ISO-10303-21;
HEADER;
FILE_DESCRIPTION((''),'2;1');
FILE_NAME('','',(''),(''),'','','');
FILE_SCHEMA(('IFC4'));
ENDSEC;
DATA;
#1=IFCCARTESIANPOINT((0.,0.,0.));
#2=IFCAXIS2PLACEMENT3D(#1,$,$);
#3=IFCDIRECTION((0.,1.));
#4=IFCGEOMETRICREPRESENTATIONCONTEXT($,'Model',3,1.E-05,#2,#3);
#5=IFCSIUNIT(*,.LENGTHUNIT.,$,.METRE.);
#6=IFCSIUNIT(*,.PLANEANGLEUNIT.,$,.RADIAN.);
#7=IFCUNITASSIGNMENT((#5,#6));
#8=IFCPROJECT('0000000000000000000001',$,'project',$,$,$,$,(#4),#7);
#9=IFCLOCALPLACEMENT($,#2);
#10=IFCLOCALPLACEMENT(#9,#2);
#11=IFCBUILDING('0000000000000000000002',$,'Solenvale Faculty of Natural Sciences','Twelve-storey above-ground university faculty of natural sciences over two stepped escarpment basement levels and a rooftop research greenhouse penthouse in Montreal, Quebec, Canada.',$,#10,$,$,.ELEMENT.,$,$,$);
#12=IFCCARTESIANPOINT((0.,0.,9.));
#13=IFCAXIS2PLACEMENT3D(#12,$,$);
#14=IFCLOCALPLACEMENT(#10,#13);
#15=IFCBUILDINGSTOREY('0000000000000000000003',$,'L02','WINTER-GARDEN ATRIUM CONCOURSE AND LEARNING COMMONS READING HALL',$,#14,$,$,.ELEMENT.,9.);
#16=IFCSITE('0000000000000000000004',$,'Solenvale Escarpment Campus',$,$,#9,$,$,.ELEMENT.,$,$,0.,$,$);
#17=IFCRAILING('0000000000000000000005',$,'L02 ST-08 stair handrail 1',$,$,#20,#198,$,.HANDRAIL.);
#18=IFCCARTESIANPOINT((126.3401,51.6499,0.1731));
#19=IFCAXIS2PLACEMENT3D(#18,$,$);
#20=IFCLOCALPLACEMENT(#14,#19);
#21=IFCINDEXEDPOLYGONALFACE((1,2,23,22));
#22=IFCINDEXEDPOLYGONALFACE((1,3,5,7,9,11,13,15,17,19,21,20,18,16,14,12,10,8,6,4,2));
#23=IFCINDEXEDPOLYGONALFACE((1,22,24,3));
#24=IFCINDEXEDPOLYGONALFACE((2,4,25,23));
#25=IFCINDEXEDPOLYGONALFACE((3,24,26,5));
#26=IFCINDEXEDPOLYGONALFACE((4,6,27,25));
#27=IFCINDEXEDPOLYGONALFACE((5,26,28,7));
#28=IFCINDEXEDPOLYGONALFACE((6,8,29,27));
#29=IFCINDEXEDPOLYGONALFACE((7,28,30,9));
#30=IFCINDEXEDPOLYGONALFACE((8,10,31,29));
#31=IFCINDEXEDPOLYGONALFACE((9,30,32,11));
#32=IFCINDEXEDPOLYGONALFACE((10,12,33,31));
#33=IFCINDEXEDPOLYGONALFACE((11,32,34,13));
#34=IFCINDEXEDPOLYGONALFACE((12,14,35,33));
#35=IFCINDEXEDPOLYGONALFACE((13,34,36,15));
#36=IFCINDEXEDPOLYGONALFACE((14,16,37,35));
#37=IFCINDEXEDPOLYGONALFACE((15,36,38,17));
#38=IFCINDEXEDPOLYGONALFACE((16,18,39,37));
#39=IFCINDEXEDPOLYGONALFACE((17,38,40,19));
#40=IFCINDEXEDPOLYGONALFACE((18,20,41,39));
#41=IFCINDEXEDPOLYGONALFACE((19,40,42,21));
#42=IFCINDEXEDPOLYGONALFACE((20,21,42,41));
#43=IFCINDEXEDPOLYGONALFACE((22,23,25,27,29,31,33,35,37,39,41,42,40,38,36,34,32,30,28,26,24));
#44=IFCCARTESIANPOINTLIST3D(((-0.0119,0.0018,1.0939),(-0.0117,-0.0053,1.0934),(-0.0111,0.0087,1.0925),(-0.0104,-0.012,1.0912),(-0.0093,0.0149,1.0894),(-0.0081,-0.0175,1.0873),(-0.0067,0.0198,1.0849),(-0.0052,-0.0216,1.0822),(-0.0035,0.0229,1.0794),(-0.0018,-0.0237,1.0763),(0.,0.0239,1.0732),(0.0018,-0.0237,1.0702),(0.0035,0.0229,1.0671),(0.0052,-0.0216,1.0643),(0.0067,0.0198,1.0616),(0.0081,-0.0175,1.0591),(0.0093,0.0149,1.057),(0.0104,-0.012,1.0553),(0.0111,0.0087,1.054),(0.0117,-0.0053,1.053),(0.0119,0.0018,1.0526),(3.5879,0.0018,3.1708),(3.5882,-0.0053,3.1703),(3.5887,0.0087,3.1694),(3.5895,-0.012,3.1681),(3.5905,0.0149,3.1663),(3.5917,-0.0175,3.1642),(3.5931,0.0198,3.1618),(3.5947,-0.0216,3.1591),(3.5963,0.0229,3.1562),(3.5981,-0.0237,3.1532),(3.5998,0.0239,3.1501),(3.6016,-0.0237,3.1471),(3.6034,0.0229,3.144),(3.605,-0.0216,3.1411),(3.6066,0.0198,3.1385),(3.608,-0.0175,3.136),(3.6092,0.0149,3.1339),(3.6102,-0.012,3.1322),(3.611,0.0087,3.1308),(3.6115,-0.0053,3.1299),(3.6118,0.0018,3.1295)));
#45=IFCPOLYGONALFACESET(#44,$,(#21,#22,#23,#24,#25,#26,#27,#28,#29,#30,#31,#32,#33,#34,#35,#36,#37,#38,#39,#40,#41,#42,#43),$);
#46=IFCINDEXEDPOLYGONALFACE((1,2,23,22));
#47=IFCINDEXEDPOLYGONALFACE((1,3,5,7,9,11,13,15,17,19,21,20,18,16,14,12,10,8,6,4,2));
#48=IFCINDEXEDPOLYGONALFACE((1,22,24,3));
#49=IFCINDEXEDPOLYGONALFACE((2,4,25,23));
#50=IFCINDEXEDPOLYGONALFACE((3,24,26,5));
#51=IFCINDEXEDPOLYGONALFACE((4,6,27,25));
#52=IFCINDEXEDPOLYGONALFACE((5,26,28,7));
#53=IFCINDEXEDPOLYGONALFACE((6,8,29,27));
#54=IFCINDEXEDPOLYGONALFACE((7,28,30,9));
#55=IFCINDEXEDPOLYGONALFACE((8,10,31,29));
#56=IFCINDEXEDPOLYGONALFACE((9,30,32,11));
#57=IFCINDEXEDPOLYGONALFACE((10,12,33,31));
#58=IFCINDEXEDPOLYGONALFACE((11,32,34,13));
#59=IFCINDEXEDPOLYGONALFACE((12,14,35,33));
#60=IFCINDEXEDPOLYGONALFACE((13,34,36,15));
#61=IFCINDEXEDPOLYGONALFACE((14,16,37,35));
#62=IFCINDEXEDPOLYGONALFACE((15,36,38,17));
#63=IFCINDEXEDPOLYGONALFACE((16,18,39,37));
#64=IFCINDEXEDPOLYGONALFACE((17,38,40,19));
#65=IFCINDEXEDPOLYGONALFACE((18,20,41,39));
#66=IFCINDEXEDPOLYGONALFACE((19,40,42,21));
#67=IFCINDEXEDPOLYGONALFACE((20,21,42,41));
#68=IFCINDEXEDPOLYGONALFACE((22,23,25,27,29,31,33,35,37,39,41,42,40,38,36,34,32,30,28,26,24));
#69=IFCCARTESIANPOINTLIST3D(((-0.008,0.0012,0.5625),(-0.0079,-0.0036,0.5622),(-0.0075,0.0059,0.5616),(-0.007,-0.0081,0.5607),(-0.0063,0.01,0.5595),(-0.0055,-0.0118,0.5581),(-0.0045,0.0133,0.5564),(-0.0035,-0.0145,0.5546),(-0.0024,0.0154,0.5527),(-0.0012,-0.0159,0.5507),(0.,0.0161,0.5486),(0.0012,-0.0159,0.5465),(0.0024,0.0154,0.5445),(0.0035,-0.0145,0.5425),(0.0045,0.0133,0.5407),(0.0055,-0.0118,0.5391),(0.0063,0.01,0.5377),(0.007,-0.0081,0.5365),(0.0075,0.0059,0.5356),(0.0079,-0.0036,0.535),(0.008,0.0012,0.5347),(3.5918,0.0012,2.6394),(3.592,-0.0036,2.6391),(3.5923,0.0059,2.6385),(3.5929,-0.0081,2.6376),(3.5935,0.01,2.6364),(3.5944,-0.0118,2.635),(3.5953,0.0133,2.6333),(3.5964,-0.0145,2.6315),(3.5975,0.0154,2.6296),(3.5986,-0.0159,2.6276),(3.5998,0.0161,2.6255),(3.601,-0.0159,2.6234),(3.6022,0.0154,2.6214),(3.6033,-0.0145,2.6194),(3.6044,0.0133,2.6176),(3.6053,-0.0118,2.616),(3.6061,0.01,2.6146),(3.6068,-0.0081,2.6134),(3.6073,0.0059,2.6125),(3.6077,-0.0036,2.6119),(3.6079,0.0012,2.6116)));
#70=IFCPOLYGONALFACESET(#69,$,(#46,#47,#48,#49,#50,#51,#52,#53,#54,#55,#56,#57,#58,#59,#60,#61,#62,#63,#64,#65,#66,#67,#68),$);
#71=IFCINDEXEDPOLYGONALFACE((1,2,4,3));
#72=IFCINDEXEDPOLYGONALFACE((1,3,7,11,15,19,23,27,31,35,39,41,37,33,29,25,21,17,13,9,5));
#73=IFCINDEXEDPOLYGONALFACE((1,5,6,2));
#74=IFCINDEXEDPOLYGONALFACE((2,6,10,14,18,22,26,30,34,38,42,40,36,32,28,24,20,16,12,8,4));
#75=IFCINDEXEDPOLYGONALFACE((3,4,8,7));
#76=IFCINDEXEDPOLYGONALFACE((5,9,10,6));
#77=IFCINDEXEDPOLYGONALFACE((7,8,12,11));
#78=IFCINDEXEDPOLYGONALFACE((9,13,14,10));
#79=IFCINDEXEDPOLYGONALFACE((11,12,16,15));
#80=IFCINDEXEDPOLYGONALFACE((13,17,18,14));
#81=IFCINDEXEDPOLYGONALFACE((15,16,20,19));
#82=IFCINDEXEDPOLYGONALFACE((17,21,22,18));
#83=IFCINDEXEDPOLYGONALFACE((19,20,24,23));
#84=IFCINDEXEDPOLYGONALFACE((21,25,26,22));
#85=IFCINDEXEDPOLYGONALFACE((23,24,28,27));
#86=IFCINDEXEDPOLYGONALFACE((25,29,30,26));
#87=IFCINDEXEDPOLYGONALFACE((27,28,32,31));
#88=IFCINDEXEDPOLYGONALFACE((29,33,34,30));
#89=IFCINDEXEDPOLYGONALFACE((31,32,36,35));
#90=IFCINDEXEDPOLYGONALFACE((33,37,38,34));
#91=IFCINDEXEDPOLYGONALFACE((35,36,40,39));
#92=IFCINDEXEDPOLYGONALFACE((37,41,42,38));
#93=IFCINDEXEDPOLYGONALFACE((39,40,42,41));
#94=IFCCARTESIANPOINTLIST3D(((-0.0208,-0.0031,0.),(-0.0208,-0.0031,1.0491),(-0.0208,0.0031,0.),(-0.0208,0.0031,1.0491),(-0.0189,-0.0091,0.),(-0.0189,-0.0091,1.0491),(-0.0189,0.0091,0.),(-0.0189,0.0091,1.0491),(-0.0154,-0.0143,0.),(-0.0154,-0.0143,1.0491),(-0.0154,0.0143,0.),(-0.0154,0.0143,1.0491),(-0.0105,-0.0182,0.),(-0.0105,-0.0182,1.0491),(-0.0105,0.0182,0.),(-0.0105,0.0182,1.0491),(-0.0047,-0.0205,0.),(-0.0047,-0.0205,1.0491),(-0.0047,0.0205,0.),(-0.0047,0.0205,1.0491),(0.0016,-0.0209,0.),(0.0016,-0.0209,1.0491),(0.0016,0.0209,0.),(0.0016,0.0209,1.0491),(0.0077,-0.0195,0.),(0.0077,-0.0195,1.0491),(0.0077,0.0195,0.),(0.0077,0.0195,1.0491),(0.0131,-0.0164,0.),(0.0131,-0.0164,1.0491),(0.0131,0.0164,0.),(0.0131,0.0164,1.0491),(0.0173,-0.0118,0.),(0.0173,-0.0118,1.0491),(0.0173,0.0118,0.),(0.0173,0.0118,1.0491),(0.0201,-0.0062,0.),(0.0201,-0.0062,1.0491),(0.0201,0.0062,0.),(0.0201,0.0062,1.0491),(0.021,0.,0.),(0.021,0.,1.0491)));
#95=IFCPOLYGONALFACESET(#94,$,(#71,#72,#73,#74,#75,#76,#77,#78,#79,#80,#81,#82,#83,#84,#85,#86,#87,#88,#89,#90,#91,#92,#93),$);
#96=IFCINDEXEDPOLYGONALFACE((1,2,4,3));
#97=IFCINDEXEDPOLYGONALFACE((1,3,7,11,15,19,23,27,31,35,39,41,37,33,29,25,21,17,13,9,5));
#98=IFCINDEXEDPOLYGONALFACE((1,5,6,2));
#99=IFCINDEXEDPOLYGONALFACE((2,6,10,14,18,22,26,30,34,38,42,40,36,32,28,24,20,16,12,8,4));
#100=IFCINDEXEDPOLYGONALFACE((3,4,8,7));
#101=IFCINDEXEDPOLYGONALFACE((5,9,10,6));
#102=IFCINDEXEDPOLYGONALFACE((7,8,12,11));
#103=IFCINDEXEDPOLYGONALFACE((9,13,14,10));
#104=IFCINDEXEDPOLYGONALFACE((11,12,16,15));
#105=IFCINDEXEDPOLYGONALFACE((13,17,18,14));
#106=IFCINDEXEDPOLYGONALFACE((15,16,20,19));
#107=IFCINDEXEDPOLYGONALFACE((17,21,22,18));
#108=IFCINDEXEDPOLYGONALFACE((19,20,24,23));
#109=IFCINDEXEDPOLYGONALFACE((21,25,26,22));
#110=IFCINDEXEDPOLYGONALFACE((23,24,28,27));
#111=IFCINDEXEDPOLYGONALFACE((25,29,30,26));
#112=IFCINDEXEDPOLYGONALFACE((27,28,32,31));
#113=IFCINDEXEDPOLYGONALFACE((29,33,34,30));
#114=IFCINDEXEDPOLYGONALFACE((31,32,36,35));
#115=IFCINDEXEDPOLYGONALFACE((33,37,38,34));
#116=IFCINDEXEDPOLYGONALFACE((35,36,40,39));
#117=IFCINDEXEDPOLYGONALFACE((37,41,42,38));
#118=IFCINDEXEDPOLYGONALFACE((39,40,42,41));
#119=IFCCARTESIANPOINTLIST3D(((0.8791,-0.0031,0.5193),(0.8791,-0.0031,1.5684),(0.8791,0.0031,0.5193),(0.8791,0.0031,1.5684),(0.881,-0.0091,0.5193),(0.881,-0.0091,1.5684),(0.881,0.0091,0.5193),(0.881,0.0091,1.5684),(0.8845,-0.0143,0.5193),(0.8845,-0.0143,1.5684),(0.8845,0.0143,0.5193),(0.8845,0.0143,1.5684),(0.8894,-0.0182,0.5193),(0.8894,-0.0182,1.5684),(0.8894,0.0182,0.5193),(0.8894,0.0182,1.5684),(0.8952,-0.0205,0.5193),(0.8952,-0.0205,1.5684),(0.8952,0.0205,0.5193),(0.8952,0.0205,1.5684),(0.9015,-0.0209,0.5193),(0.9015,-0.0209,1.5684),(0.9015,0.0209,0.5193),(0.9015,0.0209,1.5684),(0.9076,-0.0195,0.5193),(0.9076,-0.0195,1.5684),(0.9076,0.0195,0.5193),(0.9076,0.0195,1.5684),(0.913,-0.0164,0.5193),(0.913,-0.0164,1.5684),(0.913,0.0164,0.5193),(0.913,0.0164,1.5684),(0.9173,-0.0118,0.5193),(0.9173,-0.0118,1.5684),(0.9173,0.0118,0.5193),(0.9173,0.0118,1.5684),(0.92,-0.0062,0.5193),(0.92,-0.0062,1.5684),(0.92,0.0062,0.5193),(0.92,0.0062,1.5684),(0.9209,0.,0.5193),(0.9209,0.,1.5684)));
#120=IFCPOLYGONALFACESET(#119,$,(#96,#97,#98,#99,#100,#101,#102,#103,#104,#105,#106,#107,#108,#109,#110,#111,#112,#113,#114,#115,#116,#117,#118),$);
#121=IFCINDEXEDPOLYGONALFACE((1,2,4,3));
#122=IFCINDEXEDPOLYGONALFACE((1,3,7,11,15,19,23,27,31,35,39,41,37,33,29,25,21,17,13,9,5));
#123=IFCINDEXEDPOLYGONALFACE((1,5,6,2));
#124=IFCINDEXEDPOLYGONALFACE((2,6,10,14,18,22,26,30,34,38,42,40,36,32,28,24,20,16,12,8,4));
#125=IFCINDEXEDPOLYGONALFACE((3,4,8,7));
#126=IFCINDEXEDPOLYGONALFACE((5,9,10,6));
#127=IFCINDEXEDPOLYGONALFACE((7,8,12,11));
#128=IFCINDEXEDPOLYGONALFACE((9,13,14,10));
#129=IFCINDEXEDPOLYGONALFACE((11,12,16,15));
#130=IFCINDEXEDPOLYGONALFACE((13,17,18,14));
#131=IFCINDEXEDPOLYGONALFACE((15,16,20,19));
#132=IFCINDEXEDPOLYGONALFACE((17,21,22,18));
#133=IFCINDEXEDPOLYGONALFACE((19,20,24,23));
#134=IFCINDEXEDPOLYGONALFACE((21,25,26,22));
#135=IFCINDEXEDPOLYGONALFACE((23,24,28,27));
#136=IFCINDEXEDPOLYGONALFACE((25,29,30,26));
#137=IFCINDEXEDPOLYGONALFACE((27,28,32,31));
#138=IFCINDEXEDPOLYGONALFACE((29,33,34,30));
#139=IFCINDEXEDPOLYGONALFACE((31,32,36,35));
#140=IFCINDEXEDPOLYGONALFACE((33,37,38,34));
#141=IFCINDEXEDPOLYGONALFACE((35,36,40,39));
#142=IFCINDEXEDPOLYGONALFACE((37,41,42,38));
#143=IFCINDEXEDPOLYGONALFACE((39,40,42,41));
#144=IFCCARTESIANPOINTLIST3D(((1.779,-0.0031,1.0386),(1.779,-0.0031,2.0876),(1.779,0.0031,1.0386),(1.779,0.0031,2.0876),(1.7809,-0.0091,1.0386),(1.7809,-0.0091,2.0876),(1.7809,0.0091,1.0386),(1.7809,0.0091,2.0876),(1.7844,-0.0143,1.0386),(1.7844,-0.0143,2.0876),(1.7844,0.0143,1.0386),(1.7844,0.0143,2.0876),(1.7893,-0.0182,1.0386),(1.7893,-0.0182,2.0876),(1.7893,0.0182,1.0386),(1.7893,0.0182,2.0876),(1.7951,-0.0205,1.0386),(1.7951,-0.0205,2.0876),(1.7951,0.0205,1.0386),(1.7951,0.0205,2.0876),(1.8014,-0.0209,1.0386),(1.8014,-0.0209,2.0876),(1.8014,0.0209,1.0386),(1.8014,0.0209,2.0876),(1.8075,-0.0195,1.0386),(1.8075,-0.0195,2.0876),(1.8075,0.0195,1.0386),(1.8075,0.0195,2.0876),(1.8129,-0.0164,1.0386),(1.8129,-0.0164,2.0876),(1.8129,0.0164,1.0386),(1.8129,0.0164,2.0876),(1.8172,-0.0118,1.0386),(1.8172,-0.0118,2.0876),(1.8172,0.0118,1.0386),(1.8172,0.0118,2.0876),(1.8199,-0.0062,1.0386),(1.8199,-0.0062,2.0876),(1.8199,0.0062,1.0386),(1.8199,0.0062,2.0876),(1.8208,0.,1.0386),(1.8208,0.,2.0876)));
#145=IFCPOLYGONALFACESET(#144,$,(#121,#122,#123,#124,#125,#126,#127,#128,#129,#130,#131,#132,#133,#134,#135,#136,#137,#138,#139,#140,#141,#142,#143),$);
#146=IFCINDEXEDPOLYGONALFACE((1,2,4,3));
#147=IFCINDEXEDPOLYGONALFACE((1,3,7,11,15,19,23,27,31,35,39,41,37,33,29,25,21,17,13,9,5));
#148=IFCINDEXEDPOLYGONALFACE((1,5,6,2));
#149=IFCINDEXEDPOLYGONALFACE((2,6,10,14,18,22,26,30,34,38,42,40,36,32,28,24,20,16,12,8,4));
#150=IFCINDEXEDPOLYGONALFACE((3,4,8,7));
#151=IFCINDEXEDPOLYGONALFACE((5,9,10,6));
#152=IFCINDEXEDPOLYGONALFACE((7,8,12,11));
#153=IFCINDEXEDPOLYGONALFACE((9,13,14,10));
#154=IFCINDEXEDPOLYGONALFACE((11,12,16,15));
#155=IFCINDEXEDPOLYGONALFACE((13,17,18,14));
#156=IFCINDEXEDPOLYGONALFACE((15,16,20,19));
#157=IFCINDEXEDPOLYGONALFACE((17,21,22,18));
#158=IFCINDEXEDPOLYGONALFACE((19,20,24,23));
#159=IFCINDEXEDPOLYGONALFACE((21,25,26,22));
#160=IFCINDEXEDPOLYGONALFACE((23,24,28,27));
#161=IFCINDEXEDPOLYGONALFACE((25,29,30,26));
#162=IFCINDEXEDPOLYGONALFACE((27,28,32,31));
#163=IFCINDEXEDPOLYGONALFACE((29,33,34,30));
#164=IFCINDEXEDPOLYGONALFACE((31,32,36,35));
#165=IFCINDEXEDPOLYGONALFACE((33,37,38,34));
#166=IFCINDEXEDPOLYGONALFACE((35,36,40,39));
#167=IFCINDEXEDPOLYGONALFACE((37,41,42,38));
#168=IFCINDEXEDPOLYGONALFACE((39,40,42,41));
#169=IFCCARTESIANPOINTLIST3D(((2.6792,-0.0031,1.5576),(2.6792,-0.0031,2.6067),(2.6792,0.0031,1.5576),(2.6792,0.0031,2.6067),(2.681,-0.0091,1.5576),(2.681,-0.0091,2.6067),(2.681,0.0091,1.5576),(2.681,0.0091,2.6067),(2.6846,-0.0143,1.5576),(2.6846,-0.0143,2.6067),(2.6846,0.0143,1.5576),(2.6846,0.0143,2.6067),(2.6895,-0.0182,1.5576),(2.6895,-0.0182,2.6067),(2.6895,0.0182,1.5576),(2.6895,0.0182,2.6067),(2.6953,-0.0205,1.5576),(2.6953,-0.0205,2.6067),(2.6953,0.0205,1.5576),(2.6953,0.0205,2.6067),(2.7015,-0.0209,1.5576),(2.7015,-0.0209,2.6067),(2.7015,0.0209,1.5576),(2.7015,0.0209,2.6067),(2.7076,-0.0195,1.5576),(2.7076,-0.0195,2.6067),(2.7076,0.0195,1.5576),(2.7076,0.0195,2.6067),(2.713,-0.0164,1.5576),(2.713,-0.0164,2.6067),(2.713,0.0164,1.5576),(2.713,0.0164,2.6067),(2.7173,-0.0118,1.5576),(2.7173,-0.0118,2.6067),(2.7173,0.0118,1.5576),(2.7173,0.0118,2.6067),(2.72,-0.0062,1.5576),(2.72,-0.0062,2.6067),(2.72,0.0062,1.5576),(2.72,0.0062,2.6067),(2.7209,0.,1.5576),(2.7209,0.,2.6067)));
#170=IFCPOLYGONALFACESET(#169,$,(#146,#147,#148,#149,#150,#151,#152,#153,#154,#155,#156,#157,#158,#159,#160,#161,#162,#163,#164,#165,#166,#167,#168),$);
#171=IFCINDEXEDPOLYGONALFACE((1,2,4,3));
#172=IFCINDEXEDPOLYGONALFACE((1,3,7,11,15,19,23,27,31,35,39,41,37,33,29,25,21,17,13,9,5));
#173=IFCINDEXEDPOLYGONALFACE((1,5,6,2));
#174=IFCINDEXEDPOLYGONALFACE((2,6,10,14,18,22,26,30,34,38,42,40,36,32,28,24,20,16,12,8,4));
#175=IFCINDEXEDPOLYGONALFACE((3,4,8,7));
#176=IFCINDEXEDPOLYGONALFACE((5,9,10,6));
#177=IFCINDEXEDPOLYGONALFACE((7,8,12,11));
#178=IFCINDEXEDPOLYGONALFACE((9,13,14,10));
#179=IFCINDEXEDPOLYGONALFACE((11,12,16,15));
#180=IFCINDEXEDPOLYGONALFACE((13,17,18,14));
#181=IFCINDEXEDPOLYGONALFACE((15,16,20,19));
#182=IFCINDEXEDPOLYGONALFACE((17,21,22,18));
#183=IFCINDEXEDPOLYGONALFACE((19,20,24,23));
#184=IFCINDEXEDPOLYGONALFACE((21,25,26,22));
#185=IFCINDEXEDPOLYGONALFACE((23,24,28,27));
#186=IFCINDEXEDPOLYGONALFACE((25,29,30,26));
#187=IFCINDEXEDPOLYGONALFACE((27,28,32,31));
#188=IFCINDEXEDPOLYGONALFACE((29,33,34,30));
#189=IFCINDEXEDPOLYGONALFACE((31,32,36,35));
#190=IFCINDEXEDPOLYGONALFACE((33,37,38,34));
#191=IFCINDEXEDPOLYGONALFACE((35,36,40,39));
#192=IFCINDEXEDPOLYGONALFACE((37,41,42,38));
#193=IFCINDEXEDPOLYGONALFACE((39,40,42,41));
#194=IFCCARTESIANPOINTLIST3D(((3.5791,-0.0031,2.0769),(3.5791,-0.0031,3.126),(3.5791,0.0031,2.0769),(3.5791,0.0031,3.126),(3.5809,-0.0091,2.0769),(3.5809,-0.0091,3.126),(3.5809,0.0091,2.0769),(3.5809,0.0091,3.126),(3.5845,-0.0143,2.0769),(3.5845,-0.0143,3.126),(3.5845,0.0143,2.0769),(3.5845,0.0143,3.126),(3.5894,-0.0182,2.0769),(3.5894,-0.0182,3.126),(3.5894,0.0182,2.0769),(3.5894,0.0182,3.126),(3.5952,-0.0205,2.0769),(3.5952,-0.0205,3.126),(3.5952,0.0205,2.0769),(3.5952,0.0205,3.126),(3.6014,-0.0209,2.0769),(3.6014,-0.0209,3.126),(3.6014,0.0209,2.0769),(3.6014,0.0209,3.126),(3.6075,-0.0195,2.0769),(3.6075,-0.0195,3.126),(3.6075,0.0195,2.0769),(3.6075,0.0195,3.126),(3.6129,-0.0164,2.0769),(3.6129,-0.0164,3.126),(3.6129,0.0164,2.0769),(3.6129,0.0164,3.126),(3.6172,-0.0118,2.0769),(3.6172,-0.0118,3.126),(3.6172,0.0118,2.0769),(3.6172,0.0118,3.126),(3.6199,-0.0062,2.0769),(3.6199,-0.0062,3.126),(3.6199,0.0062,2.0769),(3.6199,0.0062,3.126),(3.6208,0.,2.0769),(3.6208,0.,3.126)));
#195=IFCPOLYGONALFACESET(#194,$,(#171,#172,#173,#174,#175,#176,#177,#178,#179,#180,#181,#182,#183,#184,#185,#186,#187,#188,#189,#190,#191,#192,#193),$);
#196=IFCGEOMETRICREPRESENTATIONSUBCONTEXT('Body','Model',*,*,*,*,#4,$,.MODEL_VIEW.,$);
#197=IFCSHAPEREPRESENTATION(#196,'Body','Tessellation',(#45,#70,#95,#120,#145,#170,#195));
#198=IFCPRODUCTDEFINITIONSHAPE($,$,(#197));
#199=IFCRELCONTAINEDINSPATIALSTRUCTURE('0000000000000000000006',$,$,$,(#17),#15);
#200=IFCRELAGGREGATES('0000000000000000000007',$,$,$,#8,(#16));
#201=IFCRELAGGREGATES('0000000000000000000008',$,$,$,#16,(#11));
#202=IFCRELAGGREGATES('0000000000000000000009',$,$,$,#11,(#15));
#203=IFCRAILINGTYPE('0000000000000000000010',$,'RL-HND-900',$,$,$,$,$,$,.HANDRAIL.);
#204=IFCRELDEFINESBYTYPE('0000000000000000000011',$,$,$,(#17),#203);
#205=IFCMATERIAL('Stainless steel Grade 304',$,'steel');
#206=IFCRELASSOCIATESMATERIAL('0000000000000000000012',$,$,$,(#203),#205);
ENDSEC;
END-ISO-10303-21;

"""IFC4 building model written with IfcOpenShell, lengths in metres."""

from ifc_helpers import new_model, si_unit, direction, frame, origin, origin_2d, place, context, subcontext, project, spatial, circle, extrude, material, type_object, element, save


model = new_model("IFC4")

# Units and contexts
model_context = context("Model", 3, precision=1e-05, world=origin(), true_north=direction((0.0, 1.0)))
body_context = subcontext(model_context, "Body", "Model", "MODEL_VIEW")
ifc_project = project(units=[si_unit("LENGTHUNIT", "METRE"), si_unit("PLANEANGLEUNIT", "RADIAN")], contexts=[model_context])

# Site, building, storey
site_placement = place(None, origin())
site = spatial("IfcSite", under=ifc_project, at=site_placement, Name="Solenvale Escarpment Campus", CompositionType="ELEMENT", RefElevation=0.0)
building_placement = place(site_placement, origin())
building = spatial("IfcBuilding", under=site, at=building_placement, Name="Solenvale Faculty of Natural Sciences", Description="Twelve-storey above-ground university faculty of natural sciences over two stepped escarpment basement levels and a rooftop research greenhouse penthouse in Montreal, Quebec, Canada.", CompositionType="ELEMENT")
storey_placement = place(building_placement, frame((0.0, 0.0, 9.0)))
storey = spatial("IfcBuildingStorey", under=building, at=storey_placement, Name="L02", Description="WINTER-GARDEN ATRIUM CONCOURSE AND LEARNING COMMONS READING HALL", CompositionType="ELEMENT", Elevation=9.0)

# Railing
ifc_material_1 = material(Name="Stainless steel Grade 304", Category="steel")
railing_type_1 = type_object("IfcRailingType", Name="RL-HND-900", PredefinedType="HANDRAIL", material=ifc_material_1)
railing_1_placement = place(storey_placement, frame((126.3401, 51.6499, 0.1731)))
element("IfcRailing", 1, at=railing_1_placement, inside=storey, type_object=railing_type_1, Name="L02 ST-08 stair handrail 1", PredefinedType="HANDRAIL", context=body_context, shape_type="SweptSolid", body=[
    extrude(circle(Radius=0.0239, at=origin_2d()), frame((0.0, 0.0, 1.0732), z_axis=(0.866179, 0.0, 0.499734), x_axis=(0.0, 1.0, 0.0)), (0.0, 0.0, 1.0), 4.156),
    extrude(circle(Radius=0.0161, at=origin_2d()), frame((0.0, 0.0, 0.5486), z_axis=(0.866179, 0.0, 0.499734), x_axis=(0.0, 1.0, 0.0)), (0.0, 0.0, 1.0), 4.156),
    extrude(circle(Radius=0.021, at=origin_2d()), origin(), (0.0, 0.0, 1.0), 1.0491),
    extrude(circle(Radius=0.021, at=origin_2d()), frame((0.8999, 0.0, 0.5193)), (0.0, 0.0, 1.0), 1.0491),
    extrude(circle(Radius=0.021, at=origin_2d()), frame((1.7998, 0.0, 1.0386)), (0.0, 0.0, 1.0), 1.0491),
    extrude(circle(Radius=0.021, at=origin_2d()), frame((2.7, 0.0, 1.5576)), (0.0, 0.0, 1.0), 1.0491),
    extrude(circle(Radius=0.021, at=origin_2d()), frame((3.5999, 0.0, 2.0769)), (0.0, 0.0, 1.0), 1.0491),
])

save(model, "model.ifc")
